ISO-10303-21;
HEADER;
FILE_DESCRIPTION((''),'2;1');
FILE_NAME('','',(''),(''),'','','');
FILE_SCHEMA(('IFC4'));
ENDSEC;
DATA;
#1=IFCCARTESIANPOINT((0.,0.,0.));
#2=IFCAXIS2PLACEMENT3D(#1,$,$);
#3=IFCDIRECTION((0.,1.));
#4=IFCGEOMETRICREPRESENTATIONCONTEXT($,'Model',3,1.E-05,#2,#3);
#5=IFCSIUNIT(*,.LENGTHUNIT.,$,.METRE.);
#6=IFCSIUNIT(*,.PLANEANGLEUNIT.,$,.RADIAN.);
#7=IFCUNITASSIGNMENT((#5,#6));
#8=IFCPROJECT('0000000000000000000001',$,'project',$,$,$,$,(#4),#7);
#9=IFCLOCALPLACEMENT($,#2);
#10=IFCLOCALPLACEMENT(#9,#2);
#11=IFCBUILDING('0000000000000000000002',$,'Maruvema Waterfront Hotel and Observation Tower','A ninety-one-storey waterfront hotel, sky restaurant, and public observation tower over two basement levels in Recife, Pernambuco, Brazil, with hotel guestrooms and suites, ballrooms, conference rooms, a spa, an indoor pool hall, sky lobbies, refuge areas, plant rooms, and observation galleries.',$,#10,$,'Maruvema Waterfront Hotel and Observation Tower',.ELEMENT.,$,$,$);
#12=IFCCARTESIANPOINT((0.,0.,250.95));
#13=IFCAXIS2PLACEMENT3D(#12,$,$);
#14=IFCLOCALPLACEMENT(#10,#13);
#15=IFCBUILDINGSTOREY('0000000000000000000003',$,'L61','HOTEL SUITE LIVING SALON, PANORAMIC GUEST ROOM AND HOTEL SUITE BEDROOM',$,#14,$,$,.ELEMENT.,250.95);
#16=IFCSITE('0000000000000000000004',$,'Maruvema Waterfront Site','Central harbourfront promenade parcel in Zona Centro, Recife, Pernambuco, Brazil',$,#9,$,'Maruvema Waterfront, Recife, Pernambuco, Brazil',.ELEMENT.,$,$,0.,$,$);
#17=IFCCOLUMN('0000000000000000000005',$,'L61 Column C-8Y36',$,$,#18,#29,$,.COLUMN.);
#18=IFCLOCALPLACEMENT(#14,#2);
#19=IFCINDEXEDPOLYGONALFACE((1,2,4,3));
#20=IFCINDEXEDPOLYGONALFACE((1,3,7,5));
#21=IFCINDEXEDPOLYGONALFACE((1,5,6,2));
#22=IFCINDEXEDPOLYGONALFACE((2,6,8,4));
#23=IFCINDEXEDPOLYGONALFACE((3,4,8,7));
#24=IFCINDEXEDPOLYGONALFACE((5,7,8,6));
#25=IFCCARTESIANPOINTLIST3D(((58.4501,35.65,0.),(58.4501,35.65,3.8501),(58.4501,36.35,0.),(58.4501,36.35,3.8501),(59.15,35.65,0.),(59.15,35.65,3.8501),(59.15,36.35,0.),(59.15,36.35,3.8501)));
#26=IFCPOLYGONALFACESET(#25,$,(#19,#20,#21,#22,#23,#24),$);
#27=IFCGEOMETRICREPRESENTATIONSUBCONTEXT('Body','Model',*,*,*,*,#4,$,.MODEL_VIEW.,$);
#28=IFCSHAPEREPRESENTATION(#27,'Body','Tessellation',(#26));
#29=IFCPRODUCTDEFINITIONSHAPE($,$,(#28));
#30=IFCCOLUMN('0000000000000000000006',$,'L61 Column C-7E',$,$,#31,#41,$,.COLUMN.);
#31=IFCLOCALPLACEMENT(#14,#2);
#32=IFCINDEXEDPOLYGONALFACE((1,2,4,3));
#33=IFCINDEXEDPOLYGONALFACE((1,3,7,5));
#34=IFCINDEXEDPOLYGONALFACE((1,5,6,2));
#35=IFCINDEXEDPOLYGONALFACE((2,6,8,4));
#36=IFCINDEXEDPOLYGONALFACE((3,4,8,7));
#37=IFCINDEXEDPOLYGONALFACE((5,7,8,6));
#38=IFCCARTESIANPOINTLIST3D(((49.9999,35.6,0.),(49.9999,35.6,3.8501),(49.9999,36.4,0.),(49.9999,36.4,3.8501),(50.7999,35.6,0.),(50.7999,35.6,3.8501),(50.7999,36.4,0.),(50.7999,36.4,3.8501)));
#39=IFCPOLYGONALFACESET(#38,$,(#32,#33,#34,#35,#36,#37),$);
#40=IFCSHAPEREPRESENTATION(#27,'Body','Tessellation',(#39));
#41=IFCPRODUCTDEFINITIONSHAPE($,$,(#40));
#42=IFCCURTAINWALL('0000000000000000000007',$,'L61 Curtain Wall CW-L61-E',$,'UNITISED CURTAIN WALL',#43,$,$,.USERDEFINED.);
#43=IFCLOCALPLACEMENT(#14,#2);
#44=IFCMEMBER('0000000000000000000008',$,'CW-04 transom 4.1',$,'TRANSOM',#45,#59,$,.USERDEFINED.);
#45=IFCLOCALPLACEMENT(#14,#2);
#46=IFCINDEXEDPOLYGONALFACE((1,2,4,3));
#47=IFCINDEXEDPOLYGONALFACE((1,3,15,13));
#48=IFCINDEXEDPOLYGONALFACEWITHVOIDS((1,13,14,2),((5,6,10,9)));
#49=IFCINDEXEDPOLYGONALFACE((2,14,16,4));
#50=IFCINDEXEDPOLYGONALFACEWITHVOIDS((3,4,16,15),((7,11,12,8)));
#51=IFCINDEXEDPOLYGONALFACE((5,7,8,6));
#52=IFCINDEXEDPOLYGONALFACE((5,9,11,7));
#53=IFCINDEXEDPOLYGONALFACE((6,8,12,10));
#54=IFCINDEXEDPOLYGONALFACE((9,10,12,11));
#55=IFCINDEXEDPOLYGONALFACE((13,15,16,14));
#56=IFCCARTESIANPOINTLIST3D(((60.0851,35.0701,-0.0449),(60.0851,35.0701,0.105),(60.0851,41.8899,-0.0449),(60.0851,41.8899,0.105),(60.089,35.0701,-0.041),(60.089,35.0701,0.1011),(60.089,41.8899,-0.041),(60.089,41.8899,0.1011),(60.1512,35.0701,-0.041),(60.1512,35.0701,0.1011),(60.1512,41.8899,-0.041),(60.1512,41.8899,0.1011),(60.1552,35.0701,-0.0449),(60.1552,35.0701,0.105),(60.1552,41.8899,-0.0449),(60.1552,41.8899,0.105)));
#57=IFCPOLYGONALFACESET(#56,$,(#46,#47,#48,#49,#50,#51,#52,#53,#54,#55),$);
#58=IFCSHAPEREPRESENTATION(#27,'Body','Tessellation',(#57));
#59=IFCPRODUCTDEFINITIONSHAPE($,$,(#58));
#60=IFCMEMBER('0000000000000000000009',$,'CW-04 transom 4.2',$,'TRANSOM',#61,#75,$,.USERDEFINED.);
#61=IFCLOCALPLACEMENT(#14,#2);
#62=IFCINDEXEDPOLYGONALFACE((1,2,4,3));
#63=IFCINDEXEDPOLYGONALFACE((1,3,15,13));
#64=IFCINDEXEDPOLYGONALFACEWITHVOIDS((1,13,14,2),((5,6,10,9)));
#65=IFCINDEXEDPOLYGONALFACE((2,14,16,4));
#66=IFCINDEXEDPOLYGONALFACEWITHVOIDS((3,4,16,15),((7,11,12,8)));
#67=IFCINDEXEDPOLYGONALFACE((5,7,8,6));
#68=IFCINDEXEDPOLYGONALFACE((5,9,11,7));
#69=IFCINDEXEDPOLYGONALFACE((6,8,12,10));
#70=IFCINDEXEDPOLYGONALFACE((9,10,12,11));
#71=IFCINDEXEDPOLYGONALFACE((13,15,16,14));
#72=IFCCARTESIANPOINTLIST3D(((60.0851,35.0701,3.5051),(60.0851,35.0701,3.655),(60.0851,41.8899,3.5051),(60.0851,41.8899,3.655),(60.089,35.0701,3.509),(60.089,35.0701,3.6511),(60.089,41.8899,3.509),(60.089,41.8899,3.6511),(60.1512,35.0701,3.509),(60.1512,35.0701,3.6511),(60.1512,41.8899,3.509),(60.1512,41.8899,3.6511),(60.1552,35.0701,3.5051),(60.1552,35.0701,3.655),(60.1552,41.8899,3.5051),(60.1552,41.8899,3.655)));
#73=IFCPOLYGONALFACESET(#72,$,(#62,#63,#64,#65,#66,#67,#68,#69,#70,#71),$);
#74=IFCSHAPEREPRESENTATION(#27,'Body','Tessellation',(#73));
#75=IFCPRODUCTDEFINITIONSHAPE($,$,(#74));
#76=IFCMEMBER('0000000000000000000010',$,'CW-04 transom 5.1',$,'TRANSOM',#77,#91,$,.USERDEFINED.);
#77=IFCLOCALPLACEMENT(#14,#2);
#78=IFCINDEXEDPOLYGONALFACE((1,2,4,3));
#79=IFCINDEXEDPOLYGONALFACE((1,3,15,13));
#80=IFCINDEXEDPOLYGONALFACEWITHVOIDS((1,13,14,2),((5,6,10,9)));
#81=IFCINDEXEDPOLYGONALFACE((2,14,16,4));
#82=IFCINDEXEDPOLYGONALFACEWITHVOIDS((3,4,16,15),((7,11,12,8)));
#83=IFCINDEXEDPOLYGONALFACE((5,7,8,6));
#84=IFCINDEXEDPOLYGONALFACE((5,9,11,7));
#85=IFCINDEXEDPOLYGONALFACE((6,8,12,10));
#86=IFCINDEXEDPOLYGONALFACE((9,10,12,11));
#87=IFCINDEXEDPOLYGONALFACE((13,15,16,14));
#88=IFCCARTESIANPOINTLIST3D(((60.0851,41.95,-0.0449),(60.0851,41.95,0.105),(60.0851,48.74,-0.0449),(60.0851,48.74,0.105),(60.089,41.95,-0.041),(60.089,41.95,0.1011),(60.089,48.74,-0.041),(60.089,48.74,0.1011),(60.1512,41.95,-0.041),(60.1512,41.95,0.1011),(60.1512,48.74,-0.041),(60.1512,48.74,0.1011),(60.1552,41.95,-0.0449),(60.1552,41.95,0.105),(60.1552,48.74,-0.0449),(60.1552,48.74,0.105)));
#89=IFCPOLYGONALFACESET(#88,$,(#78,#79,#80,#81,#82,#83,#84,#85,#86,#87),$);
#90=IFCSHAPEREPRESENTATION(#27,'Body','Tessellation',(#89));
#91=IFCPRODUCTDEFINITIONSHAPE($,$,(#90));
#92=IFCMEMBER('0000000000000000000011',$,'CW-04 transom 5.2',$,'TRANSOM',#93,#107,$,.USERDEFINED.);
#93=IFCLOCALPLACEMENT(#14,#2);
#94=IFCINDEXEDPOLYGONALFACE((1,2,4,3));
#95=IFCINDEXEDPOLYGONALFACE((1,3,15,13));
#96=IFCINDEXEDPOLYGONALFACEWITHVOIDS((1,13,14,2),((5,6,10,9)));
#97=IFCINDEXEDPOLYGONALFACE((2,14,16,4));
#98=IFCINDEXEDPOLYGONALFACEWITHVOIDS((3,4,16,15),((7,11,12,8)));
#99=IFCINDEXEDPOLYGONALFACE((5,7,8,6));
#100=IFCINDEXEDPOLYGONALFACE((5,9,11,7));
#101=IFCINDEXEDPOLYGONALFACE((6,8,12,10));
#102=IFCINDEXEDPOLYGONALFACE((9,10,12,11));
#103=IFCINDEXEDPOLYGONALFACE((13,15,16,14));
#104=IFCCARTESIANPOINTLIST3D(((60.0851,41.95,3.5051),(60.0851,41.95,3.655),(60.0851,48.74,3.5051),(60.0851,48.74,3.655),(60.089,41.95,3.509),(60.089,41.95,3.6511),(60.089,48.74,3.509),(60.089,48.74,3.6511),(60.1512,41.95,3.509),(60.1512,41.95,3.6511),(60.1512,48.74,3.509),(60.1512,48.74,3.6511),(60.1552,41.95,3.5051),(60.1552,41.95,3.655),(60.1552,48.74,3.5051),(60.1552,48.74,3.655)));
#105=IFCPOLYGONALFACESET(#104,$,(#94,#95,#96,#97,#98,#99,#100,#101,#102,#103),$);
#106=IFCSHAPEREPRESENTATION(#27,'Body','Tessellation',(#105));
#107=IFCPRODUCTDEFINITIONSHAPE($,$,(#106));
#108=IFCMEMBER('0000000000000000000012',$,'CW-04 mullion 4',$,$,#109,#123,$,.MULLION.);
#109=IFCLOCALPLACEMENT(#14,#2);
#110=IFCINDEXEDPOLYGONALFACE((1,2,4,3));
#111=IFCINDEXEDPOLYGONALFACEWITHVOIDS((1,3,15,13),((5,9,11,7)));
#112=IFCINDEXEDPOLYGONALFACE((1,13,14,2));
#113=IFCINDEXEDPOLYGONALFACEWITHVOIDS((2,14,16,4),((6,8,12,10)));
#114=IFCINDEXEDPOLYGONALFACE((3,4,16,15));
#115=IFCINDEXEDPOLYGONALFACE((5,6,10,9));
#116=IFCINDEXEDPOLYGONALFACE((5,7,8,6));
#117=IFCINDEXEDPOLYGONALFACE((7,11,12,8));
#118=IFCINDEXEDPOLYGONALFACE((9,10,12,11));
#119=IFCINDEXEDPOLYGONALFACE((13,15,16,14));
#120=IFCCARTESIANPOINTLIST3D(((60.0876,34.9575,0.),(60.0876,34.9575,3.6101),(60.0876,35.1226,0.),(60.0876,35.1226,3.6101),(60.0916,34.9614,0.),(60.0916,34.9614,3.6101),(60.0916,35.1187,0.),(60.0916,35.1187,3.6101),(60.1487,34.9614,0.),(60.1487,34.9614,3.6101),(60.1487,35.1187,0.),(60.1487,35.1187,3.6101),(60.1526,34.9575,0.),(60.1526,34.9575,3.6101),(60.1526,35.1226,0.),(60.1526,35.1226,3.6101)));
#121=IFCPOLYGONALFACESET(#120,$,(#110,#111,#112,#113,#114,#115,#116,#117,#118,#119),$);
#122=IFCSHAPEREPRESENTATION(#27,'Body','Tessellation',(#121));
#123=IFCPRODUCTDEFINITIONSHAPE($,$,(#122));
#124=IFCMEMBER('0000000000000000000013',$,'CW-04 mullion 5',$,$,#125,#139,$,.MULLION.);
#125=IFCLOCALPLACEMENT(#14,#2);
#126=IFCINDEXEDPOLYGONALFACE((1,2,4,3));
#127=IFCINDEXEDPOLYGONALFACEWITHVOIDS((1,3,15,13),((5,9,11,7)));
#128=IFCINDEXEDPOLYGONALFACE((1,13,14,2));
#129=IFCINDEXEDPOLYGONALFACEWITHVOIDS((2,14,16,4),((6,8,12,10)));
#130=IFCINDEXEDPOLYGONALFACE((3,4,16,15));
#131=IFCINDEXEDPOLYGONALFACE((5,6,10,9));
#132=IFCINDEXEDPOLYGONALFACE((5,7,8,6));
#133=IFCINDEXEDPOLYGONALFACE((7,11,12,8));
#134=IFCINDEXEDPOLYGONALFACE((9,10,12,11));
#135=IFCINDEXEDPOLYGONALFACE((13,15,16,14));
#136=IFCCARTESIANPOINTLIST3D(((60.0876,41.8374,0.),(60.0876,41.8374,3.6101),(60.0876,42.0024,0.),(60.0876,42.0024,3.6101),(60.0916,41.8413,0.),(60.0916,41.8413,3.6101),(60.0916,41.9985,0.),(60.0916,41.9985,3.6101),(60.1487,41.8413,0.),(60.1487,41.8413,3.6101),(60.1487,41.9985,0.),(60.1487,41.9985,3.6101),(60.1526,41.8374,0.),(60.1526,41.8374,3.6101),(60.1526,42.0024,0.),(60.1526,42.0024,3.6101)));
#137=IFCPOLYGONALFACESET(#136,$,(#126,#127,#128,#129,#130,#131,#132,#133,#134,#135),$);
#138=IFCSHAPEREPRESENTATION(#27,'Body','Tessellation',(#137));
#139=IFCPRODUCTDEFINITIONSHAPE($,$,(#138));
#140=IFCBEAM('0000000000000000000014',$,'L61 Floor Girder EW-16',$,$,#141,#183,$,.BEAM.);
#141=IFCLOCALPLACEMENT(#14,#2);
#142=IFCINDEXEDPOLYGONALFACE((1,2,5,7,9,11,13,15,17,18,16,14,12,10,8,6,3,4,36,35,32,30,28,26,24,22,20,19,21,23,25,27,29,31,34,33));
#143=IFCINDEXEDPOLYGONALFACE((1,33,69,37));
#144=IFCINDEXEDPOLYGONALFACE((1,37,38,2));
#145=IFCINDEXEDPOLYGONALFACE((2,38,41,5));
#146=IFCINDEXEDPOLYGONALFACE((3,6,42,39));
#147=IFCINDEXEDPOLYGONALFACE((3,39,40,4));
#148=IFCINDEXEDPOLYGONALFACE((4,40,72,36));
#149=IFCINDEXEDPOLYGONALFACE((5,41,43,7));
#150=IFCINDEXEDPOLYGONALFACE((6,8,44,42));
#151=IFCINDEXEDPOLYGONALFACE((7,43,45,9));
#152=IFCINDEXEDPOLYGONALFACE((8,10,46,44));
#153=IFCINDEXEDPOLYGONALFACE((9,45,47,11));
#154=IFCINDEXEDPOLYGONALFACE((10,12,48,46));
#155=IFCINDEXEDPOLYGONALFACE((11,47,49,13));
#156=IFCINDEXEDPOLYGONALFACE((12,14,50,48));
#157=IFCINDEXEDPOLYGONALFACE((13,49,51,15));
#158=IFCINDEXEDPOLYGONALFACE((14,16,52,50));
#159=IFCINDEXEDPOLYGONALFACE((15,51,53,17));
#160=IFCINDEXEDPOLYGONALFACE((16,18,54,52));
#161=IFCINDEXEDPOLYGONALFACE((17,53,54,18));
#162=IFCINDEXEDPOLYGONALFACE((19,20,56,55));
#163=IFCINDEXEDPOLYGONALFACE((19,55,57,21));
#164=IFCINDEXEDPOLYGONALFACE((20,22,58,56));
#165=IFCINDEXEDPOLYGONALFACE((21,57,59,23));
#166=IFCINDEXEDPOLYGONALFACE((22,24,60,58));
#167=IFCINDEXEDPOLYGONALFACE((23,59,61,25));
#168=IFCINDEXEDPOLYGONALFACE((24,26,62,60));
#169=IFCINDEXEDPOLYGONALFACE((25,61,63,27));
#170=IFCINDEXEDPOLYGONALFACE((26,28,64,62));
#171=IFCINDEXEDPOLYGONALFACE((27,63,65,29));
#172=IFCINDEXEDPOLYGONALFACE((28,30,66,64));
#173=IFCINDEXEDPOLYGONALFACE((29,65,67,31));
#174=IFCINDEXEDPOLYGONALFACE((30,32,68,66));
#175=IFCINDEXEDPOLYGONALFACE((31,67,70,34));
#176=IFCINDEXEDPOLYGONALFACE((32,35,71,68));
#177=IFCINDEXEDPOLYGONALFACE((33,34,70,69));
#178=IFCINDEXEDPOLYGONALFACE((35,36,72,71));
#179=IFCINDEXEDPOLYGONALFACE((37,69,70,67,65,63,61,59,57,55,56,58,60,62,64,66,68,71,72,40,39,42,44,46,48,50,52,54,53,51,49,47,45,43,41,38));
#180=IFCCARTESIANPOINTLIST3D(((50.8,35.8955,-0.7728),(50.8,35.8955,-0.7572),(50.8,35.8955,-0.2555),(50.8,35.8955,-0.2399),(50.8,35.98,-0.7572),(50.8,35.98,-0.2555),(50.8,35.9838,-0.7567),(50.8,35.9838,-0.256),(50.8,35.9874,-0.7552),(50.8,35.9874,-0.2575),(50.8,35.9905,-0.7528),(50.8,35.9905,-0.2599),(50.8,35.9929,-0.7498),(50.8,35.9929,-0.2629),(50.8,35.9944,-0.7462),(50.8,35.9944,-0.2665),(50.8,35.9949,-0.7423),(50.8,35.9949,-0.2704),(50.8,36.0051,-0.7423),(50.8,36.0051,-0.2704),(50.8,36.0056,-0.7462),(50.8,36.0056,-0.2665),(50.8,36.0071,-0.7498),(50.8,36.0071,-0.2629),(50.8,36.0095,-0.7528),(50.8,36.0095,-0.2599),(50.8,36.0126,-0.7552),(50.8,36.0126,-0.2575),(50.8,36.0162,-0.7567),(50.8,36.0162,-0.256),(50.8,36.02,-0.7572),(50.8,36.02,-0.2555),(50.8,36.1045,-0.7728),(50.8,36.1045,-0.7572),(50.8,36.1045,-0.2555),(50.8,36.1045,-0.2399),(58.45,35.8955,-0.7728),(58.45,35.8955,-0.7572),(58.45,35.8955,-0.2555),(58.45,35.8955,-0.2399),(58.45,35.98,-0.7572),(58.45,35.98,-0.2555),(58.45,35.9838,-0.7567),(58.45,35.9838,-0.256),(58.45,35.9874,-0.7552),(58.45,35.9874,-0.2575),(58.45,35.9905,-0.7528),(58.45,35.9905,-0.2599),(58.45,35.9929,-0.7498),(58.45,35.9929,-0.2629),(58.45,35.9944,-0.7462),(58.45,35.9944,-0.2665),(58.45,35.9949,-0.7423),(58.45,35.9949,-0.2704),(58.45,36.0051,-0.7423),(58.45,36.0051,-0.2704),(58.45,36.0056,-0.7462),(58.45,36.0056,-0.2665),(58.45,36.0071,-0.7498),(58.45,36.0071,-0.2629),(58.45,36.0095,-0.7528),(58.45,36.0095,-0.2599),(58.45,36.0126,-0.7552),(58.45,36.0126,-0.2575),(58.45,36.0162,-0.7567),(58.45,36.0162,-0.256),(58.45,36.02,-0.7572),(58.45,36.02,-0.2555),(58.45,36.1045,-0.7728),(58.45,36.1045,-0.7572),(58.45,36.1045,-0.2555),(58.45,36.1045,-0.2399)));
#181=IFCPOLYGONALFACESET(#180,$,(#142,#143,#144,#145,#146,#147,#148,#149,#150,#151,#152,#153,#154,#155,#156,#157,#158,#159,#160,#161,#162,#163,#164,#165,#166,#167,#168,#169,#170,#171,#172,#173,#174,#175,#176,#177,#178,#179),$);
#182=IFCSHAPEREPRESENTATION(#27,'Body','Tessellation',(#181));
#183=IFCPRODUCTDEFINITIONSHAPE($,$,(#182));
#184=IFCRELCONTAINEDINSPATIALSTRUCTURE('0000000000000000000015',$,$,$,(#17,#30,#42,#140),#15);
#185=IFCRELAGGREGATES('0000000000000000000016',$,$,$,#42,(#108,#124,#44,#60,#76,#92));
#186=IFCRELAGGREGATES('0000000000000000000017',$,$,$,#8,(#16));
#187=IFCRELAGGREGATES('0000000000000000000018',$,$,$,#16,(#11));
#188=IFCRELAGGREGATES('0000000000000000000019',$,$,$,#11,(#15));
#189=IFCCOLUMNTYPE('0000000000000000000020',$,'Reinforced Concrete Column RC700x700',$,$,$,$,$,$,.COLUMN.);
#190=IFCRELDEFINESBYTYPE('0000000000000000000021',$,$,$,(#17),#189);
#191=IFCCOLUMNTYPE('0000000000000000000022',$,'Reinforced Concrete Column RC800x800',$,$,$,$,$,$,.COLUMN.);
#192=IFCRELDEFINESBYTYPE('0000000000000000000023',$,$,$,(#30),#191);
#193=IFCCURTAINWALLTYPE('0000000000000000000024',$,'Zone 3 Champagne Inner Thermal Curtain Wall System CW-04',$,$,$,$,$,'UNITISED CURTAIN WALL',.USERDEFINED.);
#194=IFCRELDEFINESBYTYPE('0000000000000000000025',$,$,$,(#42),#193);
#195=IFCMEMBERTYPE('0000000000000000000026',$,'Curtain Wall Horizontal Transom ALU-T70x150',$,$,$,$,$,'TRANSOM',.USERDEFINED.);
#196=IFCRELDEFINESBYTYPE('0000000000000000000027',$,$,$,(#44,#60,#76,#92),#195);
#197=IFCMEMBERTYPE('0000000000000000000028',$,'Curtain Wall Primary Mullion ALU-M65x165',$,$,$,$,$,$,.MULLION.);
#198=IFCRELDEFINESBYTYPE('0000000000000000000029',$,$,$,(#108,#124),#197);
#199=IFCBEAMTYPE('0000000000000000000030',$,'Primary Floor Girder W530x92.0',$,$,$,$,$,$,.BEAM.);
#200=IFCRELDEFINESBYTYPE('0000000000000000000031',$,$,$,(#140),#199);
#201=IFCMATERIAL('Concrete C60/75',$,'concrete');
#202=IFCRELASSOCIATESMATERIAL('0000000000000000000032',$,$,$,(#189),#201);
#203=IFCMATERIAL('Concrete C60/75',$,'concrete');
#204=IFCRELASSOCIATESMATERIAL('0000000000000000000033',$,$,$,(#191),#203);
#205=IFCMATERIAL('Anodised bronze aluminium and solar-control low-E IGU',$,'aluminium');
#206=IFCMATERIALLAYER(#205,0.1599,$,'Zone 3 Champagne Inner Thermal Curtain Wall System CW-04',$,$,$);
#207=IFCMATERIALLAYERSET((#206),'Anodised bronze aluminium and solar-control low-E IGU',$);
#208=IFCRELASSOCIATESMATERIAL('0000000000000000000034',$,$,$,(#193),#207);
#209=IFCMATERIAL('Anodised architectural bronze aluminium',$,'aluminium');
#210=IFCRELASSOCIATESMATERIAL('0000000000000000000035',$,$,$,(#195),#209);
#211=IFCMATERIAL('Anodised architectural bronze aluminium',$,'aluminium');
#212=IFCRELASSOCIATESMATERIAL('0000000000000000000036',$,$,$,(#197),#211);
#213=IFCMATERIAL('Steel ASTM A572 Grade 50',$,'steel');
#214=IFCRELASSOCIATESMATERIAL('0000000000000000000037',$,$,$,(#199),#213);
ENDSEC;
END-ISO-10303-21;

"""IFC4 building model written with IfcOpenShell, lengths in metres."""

from ifc_helpers import new_model, si_unit, direction, frame, origin, origin_2d, place, context, subcontext, project, spatial, rectangle, hollow_rectangle, i_section, extrude, material, layer, layer_set, material_profile, profile_set, type_object, element, aggregate, save


model = new_model("IFC4")

# Units and contexts
model_context = context("Model", 3, precision=1e-05, world=origin(), true_north=direction((0.0, 1.0)))
body_context = subcontext(model_context, "Body", "Model", "MODEL_VIEW")
ifc_project = project(units=[si_unit("LENGTHUNIT", "METRE"), si_unit("PLANEANGLEUNIT", "RADIAN")], contexts=[model_context])

# Site, building, storey
site_placement = place(None, origin())
site = spatial("IfcSite", under=ifc_project, at=site_placement, Name="Maruvema Waterfront Site", Description="Central harbourfront promenade parcel in Zona Centro, Recife, Pernambuco, Brazil", LongName="Maruvema Waterfront, Recife, Pernambuco, Brazil", CompositionType="ELEMENT", RefElevation=0.0)
building_placement = place(site_placement, origin())
building = spatial("IfcBuilding", under=site, at=building_placement, Name="Maruvema Waterfront Hotel and Observation Tower", Description="A ninety-one-storey waterfront hotel, sky restaurant, and public observation tower over two basement levels in Recife, Pernambuco, Brazil, with hotel guestrooms and suites, ballrooms, conference rooms, a spa, an indoor pool hall, sky lobbies, refuge areas, plant rooms, and observation galleries.", LongName="Maruvema Waterfront Hotel and Observation Tower", CompositionType="ELEMENT")
storey_placement = place(building_placement, frame((0.0, 0.0, 250.95)))
storey = spatial("IfcBuildingStorey", under=building, at=storey_placement, Name="L61", Description="HOTEL SUITE LIVING SALON, PANORAMIC GUEST ROOM AND HOTEL SUITE BEDROOM", CompositionType="ELEMENT", Elevation=250.95)

# Columns
ifc_material_1 = material(Name="Concrete C60/75", Category="concrete")
ifc_material_profile_1 = material_profile(ifc_material_1, rectangle(XDim=0.7, YDim=0.7, at=origin_2d()), Name="RC700x700")
ifc_profile_set_1 = profile_set([ifc_material_profile_1], Name="Concrete C60/75")
column_type_1 = type_object("IfcColumnType", Name="Reinforced Concrete Column RC700x700", PredefinedType="COLUMN", material=ifc_profile_set_1)
column_1_placement = place(storey_placement, frame((58.8, 36.0, 0.0), z_axis=(0.0, 0.0, 1.0), x_axis=(1.0, 0.0, 0.0)))
element("IfcColumn", 1, at=column_1_placement, inside=storey, type_object=column_type_1, Name="L61 Column C-8Y36", PredefinedType="COLUMN", context=body_context, shape_type="SweptSolid", body=[
    extrude(rectangle(XDim=0.7, YDim=0.7, at=origin_2d()), origin(), (0.0, 0.0, 1.0), 3.8501),
])
ifc_material_2 = material(Name="Concrete C60/75", Category="concrete")
ifc_material_profile_2 = material_profile(ifc_material_2, rectangle(XDim=0.8, YDim=0.8, at=origin_2d()), Name="RC800x800")
ifc_profile_set_2 = profile_set([ifc_material_profile_2], Name="Concrete C60/75")
column_type_2 = type_object("IfcColumnType", Name="Reinforced Concrete Column RC800x800", PredefinedType="COLUMN", material=ifc_profile_set_2)
column_2_placement = place(storey_placement, frame((50.3999, 36.0, 0.0), z_axis=(0.0, 0.0, 1.0), x_axis=(1.0, 0.0, 0.0)))
element("IfcColumn", 2, at=column_2_placement, inside=storey, type_object=column_type_2, Name="L61 Column C-7E", PredefinedType="COLUMN", context=body_context, shape_type="SweptSolid", body=[
    extrude(rectangle(XDim=0.8, YDim=0.8, at=origin_2d()), origin(), (0.0, 0.0, 1.0), 3.8501),
])

# Curtain wall, members
ifc_material_3 = material(Name="Anodised bronze aluminium and solar-control low-E IGU", Category="aluminium")
ifc_layer_1 = layer(ifc_material_3, 0.1599, Name="Zone 3 Champagne Inner Thermal Curtain Wall System CW-04")
ifc_layer_set_1 = layer_set([ifc_layer_1], Name="Anodised bronze aluminium and solar-control low-E IGU")
curtain_wall_type = type_object("IfcCurtainWallType", Name="Zone 3 Champagne Inner Thermal Curtain Wall System CW-04", ElementType="UNITISED CURTAIN WALL", PredefinedType="USERDEFINED", material=ifc_layer_set_1)
curtain_wall_placement = place(storey_placement, origin())
curtain_wall = element("IfcCurtainWall", 3, at=curtain_wall_placement, inside=storey, type_object=curtain_wall_type, Name="L61 Curtain Wall CW-L61-E", ObjectType="UNITISED CURTAIN WALL", PredefinedType="USERDEFINED")
ifc_material_4 = material(Name="Anodised architectural bronze aluminium", Category="aluminium")
ifc_material_profile_3 = material_profile(ifc_material_4, hollow_rectangle(XDim=0.0701, YDim=0.1499, WallThickness=0.0039, at=origin_2d()), Name="ALU-T70x150")
ifc_profile_set_3 = profile_set([ifc_material_profile_3], Name="Anodised architectural bronze aluminium")
member_type_1 = type_object("IfcMemberType", Name="Curtain Wall Horizontal Transom ALU-T70x150", ElementType="TRANSOM", PredefinedType="USERDEFINED", material=ifc_profile_set_3)
member_1_placement = place(storey_placement, frame((60.1201, 35.0701, 0.03), z_axis=(0.0, 1.0, 0.0), x_axis=(-1.0, 0.0, 0.0)))
member_1 = element("IfcMember", 4, at=member_1_placement, type_object=member_type_1, Name="CW-04 transom 4.1", ObjectType="TRANSOM", PredefinedType="USERDEFINED", context=body_context, shape_type="SweptSolid", body=[
    extrude(hollow_rectangle(XDim=0.0701, YDim=0.1499, WallThickness=0.0039, at=origin_2d()), origin(), (0.0, 0.0, 1.0), 6.8198),
])
member_2_placement = place(storey_placement, frame((60.1201, 35.0701, 3.5801), z_axis=(0.0, 1.0, 0.0), x_axis=(-1.0, 0.0, 0.0)))
member_2 = element("IfcMember", 5, at=member_2_placement, type_object=member_type_1, Name="CW-04 transom 4.2", ObjectType="TRANSOM", PredefinedType="USERDEFINED", context=body_context, shape_type="SweptSolid", body=[
    extrude(hollow_rectangle(XDim=0.0701, YDim=0.1499, WallThickness=0.0039, at=origin_2d()), origin(), (0.0, 0.0, 1.0), 6.8198),
])
member_3_placement = place(storey_placement, frame((60.1201, 41.95, 0.03), z_axis=(0.0, 1.0, 0.0), x_axis=(-1.0, 0.0, 0.0)))
member_3 = element("IfcMember", 6, at=member_3_placement, type_object=member_type_1, Name="CW-04 transom 5.1", ObjectType="TRANSOM", PredefinedType="USERDEFINED", context=body_context, shape_type="SweptSolid", body=[
    extrude(hollow_rectangle(XDim=0.0701, YDim=0.1499, WallThickness=0.0039, at=origin_2d()), origin(), (0.0, 0.0, 1.0), 6.79),
])
member_4_placement = place(storey_placement, frame((60.1201, 41.95, 3.5801), z_axis=(0.0, 1.0, 0.0), x_axis=(-1.0, 0.0, 0.0)))
member_4 = element("IfcMember", 7, at=member_4_placement, type_object=member_type_1, Name="CW-04 transom 5.2", ObjectType="TRANSOM", PredefinedType="USERDEFINED", context=body_context, shape_type="SweptSolid", body=[
    extrude(hollow_rectangle(XDim=0.0701, YDim=0.1499, WallThickness=0.0039, at=origin_2d()), origin(), (0.0, 0.0, 1.0), 6.79),
])
ifc_material_5 = material(Name="Anodised architectural bronze aluminium", Category="aluminium")
ifc_material_profile_4 = material_profile(ifc_material_5, hollow_rectangle(XDim=0.0649, YDim=0.165, WallThickness=0.0039, at=origin_2d()), Name="ALU-M65x165")
ifc_profile_set_4 = profile_set([ifc_material_profile_4], Name="Anodised architectural bronze aluminium")
member_type_2 = type_object("IfcMemberType", Name="Curtain Wall Primary Mullion ALU-M65x165", PredefinedType="MULLION", material=ifc_profile_set_4)
member_5_placement = place(storey_placement, frame((60.1201, 35.04, 0.0), z_axis=(0.0, 0.0, 1.0), x_axis=(-1.0, 0.0, 0.0)))
member_5 = element("IfcMember", 8, at=member_5_placement, type_object=member_type_2, Name="CW-04 mullion 4", PredefinedType="MULLION", context=body_context, shape_type="SweptSolid", body=[
    extrude(hollow_rectangle(XDim=0.0649, YDim=0.165, WallThickness=0.0039, at=origin_2d()), origin(), (0.0, 0.0, 1.0), 3.6101),
])
member_6_placement = place(storey_placement, frame((60.1201, 41.9199, 0.0), z_axis=(0.0, 0.0, 1.0), x_axis=(-1.0, 0.0, 0.0)))
member_6 = element("IfcMember", 9, at=member_6_placement, type_object=member_type_2, Name="CW-04 mullion 5", PredefinedType="MULLION", context=body_context, shape_type="SweptSolid", body=[
    extrude(hollow_rectangle(XDim=0.0649, YDim=0.165, WallThickness=0.0039, at=origin_2d()), origin(), (0.0, 0.0, 1.0), 3.6101),
])

# Beam
ifc_material_6 = material(Name="Steel ASTM A572 Grade 50", Category="steel")
ifc_material_profile_5 = material_profile(ifc_material_6, i_section(OverallWidth=0.209, OverallDepth=0.533, WebThickness=0.0103, FlangeThickness=0.0156, FilletRadius=0.0149, at=origin_2d()), Name="W530x92.0")
ifc_profile_set_5 = profile_set([ifc_material_profile_5], Name="Steel ASTM A572 Grade 50")
beam_type_1 = type_object("IfcBeamType", Name="Primary Floor Girder W530x92.0", PredefinedType="BEAM", material=ifc_profile_set_5)
beam_1_placement = place(storey_placement, frame((50.8, 36.0, -0.5063), z_axis=(1.0, 0.0, 0.0), x_axis=(0.0, 1.0, 0.0)))
element("IfcBeam", 10, at=beam_1_placement, inside=storey, type_object=beam_type_1, Name="L61 Floor Girder EW-16", PredefinedType="BEAM", context=body_context, shape_type="SweptSolid", body=[
    extrude(i_section(OverallWidth=0.209, OverallDepth=0.533, WebThickness=0.0103, FlangeThickness=0.0156, FilletRadius=0.0149, at=origin_2d()), origin(), (0.0, 0.0, 1.0), 7.6499),
])

aggregate(curtain_wall, [member_5, member_6, member_1, member_2, member_3, member_4])

save(model, "model.ifc")
